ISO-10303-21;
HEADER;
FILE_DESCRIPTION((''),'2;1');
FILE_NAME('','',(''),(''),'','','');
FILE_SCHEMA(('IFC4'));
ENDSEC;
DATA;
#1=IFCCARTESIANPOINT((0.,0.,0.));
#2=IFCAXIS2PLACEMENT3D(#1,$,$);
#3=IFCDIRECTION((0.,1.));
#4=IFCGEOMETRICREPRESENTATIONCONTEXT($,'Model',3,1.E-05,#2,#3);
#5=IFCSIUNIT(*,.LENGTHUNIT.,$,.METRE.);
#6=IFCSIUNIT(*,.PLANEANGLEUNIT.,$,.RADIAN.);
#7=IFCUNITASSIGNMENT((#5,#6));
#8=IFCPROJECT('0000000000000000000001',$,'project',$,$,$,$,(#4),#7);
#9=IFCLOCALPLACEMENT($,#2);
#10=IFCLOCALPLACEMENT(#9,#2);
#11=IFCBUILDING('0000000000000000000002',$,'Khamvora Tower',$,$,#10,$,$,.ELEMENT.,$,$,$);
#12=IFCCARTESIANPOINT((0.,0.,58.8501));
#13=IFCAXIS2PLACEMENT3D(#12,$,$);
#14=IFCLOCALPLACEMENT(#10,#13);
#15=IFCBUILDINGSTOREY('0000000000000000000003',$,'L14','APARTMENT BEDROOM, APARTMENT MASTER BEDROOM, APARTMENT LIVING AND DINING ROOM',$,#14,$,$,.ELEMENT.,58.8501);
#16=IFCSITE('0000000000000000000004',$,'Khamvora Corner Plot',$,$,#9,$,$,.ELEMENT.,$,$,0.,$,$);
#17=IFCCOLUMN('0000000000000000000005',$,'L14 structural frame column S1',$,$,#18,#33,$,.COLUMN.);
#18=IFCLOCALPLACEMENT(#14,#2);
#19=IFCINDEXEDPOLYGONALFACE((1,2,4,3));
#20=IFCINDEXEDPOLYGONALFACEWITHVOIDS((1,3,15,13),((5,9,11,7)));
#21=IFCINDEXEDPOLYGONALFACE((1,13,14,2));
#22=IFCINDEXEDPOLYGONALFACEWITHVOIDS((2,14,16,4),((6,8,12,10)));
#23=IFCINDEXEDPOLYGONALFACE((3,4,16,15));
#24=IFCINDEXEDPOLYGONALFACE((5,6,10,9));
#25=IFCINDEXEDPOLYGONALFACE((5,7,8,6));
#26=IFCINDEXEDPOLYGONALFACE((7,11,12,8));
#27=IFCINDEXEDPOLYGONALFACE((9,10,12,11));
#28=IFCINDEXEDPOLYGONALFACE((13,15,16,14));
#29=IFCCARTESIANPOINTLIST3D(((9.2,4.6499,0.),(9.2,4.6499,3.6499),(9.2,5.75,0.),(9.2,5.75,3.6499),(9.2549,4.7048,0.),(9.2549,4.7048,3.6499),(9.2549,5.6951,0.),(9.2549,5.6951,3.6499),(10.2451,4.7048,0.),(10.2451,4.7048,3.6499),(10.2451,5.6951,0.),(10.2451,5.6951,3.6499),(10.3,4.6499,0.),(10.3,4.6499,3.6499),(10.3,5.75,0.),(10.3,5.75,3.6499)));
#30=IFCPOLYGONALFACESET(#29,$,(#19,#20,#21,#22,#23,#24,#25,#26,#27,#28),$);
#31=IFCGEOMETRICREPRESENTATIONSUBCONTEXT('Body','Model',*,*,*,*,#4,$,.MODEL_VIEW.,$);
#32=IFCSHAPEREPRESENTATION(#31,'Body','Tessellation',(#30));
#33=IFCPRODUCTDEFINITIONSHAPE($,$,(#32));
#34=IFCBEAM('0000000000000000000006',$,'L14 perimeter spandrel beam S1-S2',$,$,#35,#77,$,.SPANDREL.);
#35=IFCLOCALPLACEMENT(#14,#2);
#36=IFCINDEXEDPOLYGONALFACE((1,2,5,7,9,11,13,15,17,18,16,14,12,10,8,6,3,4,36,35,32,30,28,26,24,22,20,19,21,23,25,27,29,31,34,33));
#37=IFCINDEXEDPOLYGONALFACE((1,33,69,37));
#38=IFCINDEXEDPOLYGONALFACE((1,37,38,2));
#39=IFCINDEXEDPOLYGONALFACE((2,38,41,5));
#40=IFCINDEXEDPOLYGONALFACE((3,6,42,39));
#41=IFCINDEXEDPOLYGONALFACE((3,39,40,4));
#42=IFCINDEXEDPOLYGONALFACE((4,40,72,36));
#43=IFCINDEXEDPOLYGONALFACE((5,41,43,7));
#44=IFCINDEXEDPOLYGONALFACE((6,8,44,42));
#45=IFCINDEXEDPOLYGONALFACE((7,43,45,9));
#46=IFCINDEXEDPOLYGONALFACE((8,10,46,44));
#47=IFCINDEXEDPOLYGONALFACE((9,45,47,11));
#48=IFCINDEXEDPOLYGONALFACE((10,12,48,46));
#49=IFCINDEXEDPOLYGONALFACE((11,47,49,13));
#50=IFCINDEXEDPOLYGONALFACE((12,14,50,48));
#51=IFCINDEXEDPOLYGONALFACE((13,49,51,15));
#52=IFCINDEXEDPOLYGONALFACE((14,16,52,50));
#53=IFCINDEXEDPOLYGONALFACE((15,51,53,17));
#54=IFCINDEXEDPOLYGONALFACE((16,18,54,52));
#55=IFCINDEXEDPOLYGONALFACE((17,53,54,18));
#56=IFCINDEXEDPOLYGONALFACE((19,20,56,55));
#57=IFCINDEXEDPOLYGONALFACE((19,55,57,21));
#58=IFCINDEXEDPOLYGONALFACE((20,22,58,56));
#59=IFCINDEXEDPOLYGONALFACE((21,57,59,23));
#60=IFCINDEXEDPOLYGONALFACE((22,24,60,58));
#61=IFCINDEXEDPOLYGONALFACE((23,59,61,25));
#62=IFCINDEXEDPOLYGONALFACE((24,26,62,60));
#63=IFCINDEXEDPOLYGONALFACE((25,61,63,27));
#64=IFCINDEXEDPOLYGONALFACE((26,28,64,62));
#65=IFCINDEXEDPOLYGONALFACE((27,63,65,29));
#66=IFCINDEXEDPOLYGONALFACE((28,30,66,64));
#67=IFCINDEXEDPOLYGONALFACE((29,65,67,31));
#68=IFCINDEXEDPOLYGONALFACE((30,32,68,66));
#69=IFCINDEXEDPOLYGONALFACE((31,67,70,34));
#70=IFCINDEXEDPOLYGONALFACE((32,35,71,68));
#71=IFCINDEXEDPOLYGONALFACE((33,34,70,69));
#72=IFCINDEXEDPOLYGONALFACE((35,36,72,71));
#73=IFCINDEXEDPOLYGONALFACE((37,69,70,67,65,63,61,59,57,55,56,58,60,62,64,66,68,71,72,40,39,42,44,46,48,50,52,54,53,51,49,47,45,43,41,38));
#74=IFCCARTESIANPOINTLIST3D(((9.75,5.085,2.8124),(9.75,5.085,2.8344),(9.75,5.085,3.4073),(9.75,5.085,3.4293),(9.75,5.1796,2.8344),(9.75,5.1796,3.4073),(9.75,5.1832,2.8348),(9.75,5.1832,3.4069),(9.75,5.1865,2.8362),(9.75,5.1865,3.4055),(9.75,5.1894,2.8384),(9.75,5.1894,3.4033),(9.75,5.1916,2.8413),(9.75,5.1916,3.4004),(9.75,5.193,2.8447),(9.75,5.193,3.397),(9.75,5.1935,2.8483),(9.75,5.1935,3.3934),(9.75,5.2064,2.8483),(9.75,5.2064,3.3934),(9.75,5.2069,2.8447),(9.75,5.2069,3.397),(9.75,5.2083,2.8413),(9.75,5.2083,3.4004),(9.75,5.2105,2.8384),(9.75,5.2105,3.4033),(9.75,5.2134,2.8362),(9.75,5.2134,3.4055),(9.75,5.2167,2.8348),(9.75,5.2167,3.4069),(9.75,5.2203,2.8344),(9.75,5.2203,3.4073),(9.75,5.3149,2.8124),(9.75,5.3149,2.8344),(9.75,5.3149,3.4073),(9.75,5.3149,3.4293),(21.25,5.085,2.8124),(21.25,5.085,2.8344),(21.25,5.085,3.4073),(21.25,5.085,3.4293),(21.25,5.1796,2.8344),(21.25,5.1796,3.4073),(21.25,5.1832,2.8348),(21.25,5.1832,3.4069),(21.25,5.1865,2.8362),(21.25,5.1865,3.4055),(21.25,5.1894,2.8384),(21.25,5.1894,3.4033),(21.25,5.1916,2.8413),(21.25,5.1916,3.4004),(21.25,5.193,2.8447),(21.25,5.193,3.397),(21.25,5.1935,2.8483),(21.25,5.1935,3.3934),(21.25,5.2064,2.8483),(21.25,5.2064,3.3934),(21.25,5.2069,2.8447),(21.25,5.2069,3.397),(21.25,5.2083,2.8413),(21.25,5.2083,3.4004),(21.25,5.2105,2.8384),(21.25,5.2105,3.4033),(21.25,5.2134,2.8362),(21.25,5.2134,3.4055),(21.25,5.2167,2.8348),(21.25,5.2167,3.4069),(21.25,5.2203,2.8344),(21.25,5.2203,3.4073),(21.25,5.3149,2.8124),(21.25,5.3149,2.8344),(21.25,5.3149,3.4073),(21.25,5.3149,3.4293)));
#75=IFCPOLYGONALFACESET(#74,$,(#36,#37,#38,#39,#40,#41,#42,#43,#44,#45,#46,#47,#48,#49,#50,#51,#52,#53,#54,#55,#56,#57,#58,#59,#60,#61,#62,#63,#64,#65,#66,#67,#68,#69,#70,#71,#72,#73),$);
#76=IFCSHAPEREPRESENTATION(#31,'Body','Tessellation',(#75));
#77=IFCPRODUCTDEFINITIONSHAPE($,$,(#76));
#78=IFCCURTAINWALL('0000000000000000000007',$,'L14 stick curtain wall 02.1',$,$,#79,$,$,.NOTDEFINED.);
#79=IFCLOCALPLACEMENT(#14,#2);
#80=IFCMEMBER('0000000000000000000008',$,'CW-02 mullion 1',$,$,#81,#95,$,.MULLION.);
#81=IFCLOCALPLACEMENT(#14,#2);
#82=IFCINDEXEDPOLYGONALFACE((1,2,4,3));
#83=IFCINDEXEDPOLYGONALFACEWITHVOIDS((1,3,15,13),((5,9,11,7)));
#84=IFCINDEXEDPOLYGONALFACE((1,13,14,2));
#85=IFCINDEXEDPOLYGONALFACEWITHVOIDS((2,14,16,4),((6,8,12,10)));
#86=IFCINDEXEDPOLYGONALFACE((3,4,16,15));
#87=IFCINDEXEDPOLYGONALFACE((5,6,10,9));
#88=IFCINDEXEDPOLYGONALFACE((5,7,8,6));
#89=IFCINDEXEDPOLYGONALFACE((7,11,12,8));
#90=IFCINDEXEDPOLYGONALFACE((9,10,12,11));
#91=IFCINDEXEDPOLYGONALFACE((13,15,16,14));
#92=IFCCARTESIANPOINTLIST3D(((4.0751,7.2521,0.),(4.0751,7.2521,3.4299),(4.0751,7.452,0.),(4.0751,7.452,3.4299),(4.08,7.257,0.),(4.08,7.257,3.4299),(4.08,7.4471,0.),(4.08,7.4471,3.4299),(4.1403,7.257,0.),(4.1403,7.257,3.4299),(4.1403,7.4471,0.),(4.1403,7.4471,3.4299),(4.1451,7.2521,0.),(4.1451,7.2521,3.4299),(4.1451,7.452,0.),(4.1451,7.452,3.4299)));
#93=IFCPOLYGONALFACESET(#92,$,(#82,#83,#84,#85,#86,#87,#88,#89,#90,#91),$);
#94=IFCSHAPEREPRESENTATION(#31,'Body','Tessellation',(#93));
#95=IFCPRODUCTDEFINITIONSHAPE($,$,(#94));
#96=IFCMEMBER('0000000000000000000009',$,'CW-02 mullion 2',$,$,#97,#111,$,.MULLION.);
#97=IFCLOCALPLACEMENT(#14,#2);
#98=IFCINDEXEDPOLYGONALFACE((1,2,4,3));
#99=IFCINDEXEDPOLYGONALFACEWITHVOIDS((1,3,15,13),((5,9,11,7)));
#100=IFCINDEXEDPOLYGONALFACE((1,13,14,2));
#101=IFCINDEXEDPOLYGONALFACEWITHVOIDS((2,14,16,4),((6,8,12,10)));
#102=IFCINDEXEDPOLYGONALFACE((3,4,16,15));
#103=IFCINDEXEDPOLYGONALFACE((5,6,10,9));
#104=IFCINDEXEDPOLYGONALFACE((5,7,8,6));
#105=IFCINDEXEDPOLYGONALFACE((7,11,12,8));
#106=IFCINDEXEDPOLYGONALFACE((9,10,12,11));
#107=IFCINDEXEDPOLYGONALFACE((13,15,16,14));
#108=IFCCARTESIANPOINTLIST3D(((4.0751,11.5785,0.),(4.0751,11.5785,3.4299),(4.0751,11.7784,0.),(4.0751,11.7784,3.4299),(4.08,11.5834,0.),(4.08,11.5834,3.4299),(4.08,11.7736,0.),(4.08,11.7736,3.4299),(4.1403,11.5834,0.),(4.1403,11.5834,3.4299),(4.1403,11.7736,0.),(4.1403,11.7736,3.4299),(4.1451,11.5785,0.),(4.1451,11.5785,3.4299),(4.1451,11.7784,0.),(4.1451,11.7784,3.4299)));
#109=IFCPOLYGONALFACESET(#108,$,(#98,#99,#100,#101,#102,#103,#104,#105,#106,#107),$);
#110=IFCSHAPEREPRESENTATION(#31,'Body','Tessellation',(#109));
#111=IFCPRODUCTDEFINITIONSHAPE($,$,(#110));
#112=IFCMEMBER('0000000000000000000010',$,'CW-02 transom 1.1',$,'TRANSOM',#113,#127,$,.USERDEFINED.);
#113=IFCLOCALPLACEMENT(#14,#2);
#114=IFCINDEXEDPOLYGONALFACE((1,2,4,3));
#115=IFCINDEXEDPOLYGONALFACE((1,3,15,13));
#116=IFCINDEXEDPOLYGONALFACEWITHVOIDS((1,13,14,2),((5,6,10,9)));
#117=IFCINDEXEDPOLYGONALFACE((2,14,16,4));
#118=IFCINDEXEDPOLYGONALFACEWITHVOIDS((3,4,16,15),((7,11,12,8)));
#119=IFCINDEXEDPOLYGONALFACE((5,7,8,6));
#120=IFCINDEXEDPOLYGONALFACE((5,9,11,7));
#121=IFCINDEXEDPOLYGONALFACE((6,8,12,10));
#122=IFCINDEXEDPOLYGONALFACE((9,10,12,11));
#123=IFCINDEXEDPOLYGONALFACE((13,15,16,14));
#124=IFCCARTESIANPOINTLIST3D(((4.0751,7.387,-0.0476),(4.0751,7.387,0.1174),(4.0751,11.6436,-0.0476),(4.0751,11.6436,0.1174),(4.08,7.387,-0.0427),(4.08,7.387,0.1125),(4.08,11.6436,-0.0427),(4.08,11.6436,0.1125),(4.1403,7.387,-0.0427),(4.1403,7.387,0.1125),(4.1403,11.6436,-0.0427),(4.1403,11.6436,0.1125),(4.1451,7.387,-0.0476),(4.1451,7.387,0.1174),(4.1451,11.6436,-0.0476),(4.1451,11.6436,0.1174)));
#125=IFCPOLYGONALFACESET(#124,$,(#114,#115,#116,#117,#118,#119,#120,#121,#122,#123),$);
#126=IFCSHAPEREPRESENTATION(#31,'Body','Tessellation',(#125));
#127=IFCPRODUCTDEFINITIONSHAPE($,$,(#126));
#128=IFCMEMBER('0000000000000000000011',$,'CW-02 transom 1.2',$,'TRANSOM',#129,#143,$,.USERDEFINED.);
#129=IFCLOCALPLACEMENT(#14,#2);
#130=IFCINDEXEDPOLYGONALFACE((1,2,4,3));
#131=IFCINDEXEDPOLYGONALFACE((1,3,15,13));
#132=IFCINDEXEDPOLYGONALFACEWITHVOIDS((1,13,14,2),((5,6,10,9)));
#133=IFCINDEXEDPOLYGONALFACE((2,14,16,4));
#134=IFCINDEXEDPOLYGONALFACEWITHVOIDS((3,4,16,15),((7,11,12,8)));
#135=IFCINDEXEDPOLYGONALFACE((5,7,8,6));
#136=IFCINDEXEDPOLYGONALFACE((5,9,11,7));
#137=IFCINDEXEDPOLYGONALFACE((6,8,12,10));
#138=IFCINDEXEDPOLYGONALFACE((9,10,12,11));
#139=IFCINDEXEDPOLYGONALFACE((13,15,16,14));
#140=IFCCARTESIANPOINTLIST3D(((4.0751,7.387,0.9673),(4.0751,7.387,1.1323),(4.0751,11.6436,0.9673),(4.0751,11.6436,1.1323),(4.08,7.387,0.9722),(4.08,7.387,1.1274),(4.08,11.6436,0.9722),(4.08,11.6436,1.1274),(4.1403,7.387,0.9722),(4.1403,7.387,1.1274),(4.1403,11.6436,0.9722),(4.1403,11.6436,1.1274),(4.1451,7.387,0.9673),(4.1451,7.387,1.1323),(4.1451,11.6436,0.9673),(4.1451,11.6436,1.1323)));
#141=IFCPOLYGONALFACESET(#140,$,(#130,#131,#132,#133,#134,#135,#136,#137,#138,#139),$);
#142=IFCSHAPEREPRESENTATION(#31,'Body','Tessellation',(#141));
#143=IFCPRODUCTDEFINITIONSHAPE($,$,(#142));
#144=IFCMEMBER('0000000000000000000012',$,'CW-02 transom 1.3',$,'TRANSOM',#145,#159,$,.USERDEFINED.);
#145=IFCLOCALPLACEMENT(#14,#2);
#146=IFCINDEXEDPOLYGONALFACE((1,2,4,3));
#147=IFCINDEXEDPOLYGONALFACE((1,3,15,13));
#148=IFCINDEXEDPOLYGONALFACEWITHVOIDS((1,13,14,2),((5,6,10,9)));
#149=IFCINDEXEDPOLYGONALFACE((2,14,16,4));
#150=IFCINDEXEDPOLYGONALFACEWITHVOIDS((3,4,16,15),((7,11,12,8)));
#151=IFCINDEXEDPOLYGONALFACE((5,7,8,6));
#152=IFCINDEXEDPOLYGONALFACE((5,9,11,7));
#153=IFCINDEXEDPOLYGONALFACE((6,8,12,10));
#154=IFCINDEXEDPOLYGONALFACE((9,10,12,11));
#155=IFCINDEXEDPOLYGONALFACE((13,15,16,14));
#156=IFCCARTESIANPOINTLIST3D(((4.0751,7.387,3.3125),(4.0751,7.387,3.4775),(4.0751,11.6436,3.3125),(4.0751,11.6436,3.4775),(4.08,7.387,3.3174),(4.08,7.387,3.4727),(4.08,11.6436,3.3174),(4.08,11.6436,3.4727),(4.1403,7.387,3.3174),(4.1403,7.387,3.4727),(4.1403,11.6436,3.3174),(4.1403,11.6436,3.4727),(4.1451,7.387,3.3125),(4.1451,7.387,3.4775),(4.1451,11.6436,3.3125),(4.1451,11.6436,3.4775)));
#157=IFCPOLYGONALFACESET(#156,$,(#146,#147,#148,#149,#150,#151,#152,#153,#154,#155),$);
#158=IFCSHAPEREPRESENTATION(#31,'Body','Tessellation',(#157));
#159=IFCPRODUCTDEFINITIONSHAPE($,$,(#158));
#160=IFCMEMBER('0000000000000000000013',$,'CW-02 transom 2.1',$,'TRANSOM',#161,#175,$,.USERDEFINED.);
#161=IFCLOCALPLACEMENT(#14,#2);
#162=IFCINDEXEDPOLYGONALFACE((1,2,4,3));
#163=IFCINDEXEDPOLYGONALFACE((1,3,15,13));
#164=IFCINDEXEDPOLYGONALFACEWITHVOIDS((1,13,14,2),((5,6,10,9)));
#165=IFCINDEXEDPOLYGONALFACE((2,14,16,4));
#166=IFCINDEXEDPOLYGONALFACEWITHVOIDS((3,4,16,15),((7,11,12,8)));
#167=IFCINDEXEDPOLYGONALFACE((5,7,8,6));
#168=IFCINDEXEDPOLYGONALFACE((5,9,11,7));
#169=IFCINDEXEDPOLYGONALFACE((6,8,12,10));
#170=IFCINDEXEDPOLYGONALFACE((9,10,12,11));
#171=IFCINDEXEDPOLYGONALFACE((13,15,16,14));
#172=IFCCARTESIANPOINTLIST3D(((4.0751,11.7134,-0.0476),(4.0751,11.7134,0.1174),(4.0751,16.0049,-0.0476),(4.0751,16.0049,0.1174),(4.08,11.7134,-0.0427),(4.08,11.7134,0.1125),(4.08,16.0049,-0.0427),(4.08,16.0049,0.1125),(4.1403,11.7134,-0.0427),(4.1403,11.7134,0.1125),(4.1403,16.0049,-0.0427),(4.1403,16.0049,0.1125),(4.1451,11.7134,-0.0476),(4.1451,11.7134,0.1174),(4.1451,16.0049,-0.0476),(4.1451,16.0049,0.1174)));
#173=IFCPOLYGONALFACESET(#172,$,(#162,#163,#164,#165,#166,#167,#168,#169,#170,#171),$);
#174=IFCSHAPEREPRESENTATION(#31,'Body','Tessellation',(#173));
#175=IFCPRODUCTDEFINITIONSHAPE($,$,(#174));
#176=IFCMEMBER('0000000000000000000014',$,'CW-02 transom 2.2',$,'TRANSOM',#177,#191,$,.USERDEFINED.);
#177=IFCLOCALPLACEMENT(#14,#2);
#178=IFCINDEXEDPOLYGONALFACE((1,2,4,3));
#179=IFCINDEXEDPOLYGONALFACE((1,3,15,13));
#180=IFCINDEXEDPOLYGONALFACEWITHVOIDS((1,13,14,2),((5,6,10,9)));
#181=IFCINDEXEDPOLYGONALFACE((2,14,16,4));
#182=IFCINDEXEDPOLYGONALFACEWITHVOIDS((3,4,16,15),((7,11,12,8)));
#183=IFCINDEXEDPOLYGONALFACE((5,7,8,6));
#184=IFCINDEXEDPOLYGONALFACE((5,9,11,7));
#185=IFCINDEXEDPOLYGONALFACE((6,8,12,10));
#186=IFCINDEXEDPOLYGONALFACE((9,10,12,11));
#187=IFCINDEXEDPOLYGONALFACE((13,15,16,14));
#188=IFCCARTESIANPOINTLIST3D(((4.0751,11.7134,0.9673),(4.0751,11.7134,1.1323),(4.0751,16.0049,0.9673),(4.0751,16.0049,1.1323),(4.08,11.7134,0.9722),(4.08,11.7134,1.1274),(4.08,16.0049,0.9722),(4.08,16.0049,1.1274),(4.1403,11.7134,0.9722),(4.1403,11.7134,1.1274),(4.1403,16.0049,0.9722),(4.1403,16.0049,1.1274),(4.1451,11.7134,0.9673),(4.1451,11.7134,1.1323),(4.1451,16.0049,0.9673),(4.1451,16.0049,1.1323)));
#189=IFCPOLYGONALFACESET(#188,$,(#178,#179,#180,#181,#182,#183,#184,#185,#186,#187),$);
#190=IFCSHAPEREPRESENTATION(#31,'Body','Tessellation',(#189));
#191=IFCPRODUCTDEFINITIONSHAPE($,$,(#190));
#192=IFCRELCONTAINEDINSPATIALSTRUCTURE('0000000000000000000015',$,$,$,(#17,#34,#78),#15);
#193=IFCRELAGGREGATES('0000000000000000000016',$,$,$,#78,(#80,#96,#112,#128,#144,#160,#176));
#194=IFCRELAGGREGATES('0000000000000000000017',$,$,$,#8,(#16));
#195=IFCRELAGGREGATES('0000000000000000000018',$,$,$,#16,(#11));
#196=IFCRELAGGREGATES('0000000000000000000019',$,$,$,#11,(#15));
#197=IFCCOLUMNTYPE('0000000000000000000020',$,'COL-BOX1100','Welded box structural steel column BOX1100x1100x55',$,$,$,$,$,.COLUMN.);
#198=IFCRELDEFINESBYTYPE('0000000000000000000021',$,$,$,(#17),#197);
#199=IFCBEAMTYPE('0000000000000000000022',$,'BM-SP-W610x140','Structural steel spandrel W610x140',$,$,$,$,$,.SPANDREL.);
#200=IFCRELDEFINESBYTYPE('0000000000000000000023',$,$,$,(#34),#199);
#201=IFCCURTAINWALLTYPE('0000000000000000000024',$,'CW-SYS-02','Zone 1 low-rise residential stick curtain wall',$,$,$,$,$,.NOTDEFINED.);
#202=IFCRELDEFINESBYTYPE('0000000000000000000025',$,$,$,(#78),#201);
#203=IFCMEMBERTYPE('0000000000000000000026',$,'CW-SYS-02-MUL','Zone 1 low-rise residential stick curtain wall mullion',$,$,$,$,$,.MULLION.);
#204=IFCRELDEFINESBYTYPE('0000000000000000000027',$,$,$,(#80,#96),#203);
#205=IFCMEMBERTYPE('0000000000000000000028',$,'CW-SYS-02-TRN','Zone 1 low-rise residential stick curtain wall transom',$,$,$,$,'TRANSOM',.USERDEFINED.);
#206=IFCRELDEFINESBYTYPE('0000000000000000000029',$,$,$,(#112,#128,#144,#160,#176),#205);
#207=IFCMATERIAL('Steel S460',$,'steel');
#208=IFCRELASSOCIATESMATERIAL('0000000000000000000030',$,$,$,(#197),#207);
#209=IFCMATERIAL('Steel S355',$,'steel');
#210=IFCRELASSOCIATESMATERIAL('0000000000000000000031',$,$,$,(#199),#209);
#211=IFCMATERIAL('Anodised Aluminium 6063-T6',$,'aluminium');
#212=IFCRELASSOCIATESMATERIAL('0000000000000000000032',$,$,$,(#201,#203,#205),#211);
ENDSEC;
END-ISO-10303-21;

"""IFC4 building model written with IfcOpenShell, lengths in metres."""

from ifc_helpers import new_model, si_unit, direction, frame, origin, origin_2d, place, context, subcontext, project, spatial, hollow_rectangle, i_section, extrude, material, material_profile, profile_set, type_object, element, aggregate, save


model = new_model("IFC4")

# Units and contexts
model_context = context("Model", 3, precision=1e-05, world=origin(), true_north=direction((0.0, 1.0)))
body_context = subcontext(model_context, "Body", "Model", "MODEL_VIEW")
ifc_project = project(units=[si_unit("LENGTHUNIT", "METRE"), si_unit("PLANEANGLEUNIT", "RADIAN")], contexts=[model_context])

# Site, building, storey
site_placement = place(None, origin())
site = spatial("IfcSite", under=ifc_project, at=site_placement, Name="Khamvora Corner Plot", CompositionType="ELEMENT", RefElevation=0.0)
building_placement = place(site_placement, origin())
building = spatial("IfcBuilding", under=site, at=building_placement, Name="Khamvora Tower", CompositionType="ELEMENT")
storey_placement = place(building_placement, frame((0.0, 0.0, 58.8501)))
storey = spatial("IfcBuildingStorey", under=building, at=storey_placement, Name="L14", Description="APARTMENT BEDROOM, APARTMENT MASTER BEDROOM, APARTMENT LIVING AND DINING ROOM", CompositionType="ELEMENT", Elevation=58.8501)

# Column
ifc_material_1 = material(Name="Steel S460", Category="steel")
ifc_material_profile_1 = material_profile(ifc_material_1, hollow_rectangle(XDim=1.1001, YDim=1.1001, WallThickness=0.0549, at=origin_2d()), Name="BOX1100x1100x55")
ifc_profile_set_1 = profile_set([ifc_material_profile_1], Name="Steel S460")
column_type = type_object("IfcColumnType", Name="COL-BOX1100", Description="Welded box structural steel column BOX1100x1100x55", PredefinedType="COLUMN", material=ifc_profile_set_1)
column_placement = place(storey_placement, frame((9.75, 5.2, 0.0), z_axis=(0.0, 0.0, 1.0), x_axis=(1.0, 0.0, 0.0)))
element("IfcColumn", 1, at=column_placement, inside=storey, type_object=column_type, Name="L14 structural frame column S1", PredefinedType="COLUMN", context=body_context, shape_type="SweptSolid", body=[
    extrude(hollow_rectangle(XDim=1.1001, YDim=1.1001, WallThickness=0.0549, at=origin_2d()), origin(), (0.0, 0.0, 1.0), 3.6499),
])

# Beam
ifc_material_2 = material(Name="Steel S355", Category="steel")
ifc_material_profile_2 = material_profile(ifc_material_2, i_section(OverallWidth=0.23, OverallDepth=0.6169, WebThickness=0.0129, FlangeThickness=0.022, FilletRadius=0.0139, at=origin_2d()), Name="W610x140")
ifc_profile_set_2 = profile_set([ifc_material_profile_2], Name="Steel S355")
beam_type = type_object("IfcBeamType", Name="BM-SP-W610x140", Description="Structural steel spandrel W610x140", PredefinedType="SPANDREL", material=ifc_profile_set_2)
beam_placement = place(storey_placement, frame((9.75, 5.2, 3.1208), z_axis=(1.0, 0.0, 0.0), x_axis=(0.0, 1.0, 0.0)))
element("IfcBeam", 2, at=beam_placement, inside=storey, type_object=beam_type, Name="L14 perimeter spandrel beam S1-S2", PredefinedType="SPANDREL", context=body_context, shape_type="SweptSolid", body=[
    extrude(i_section(OverallWidth=0.23, OverallDepth=0.6169, WebThickness=0.0129, FlangeThickness=0.022, FilletRadius=0.0139, at=origin_2d()), origin(), (0.0, 0.0, 1.0), 11.5),
])

# Curtain wall, members
ifc_material_3 = material(Name="Anodised Aluminium 6063-T6", Category="aluminium")
curtain_wall_type = type_object("IfcCurtainWallType", Name="CW-SYS-02", Description="Zone 1 low-rise residential stick curtain wall", PredefinedType="NOTDEFINED", material=ifc_material_3)
curtain_wall_placement = place(storey_placement, origin())
curtain_wall = element("IfcCurtainWall", 3, at=curtain_wall_placement, inside=storey, type_object=curtain_wall_type, Name="L14 stick curtain wall 02.1", PredefinedType="NOTDEFINED")
ifc_material_profile_3 = material_profile(ifc_material_3, hollow_rectangle(XDim=0.0701, YDim=0.2, WallThickness=0.0049, at=origin_2d()), Name="MUL70x200x5")
ifc_profile_set_3 = profile_set([ifc_material_profile_3], Name="Anodised Aluminium 6063-T6")
member_type_1 = type_object("IfcMemberType", Name="CW-SYS-02-MUL", Description="Zone 1 low-rise residential stick curtain wall mullion", PredefinedType="MULLION", material=ifc_profile_set_3)
member_1_placement = place(storey_placement, frame((4.1101, 7.3521, 0.0), z_axis=(0.0, 0.0, 1.0), x_axis=(-1.0, 0.0, 0.0)))
member_1 = element("IfcMember", 4, at=member_1_placement, type_object=member_type_1, Name="CW-02 mullion 1", PredefinedType="MULLION", context=body_context, shape_type="SweptSolid", body=[
    extrude(hollow_rectangle(XDim=0.0701, YDim=0.2, WallThickness=0.0049, at=origin_2d()), origin(), (0.0, 0.0, 1.0), 3.4299),
])
member_2_placement = place(storey_placement, frame((4.1101, 11.6785, 0.0), z_axis=(0.0, 0.0, 1.0), x_axis=(-1.0, 0.0, 0.0)))
member_2 = element("IfcMember", 5, at=member_2_placement, type_object=member_type_1, Name="CW-02 mullion 2", PredefinedType="MULLION", context=body_context, shape_type="SweptSolid", body=[
    extrude(hollow_rectangle(XDim=0.0701, YDim=0.2, WallThickness=0.0049, at=origin_2d()), origin(), (0.0, 0.0, 1.0), 3.4299),
])
ifc_material_profile_4 = material_profile(ifc_material_3, hollow_rectangle(XDim=0.0701, YDim=0.165, WallThickness=0.0049, at=origin_2d()), Name="TRN70x165x5")
ifc_profile_set_4 = profile_set([ifc_material_profile_4], Name="Anodised Aluminium 6063-T6")
member_type_2 = type_object("IfcMemberType", Name="CW-SYS-02-TRN", Description="Zone 1 low-rise residential stick curtain wall transom", ElementType="TRANSOM", PredefinedType="USERDEFINED", material=ifc_profile_set_4)
member_3_placement = place(storey_placement, frame((4.1101, 7.387, 0.0349), z_axis=(0.0, 1.0, 0.0), x_axis=(-1.0, 0.0, 0.0)))
member_3 = element("IfcMember", 6, at=member_3_placement, type_object=member_type_2, Name="CW-02 transom 1.1", ObjectType="TRANSOM", PredefinedType="USERDEFINED", context=body_context, shape_type="SweptSolid", body=[
    extrude(hollow_rectangle(XDim=0.0701, YDim=0.165, WallThickness=0.0049, at=origin_2d()), origin(), (0.0, 0.0, 1.0), 4.2566),
])
member_4_placement = place(storey_placement, frame((4.1101, 7.387, 1.0498), z_axis=(0.0, 1.0, 0.0), x_axis=(-1.0, 0.0, 0.0)))
member_4 = element("IfcMember", 7, at=member_4_placement, type_object=member_type_2, Name="CW-02 transom 1.2", ObjectType="TRANSOM", PredefinedType="USERDEFINED", context=body_context, shape_type="SweptSolid", body=[
    extrude(hollow_rectangle(XDim=0.0701, YDim=0.165, WallThickness=0.0049, at=origin_2d()), origin(), (0.0, 0.0, 1.0), 4.2566),
])
member_5_placement = place(storey_placement, frame((4.1101, 7.387, 3.395), z_axis=(0.0, 1.0, 0.0), x_axis=(-1.0, 0.0, 0.0)))
member_5 = element("IfcMember", 8, at=member_5_placement, type_object=member_type_2, Name="CW-02 transom 1.3", ObjectType="TRANSOM", PredefinedType="USERDEFINED", context=body_context, shape_type="SweptSolid", body=[
    extrude(hollow_rectangle(XDim=0.0701, YDim=0.165, WallThickness=0.0049, at=origin_2d()), origin(), (0.0, 0.0, 1.0), 4.2566),
])
member_6_placement = place(storey_placement, frame((4.1101, 11.7134, 0.0349), z_axis=(0.0, 1.0, 0.0), x_axis=(-1.0, 0.0, 0.0)))
member_6 = element("IfcMember", 9, at=member_6_placement, type_object=member_type_2, Name="CW-02 transom 2.1", ObjectType="TRANSOM", PredefinedType="USERDEFINED", context=body_context, shape_type="SweptSolid", body=[
    extrude(hollow_rectangle(XDim=0.0701, YDim=0.165, WallThickness=0.0049, at=origin_2d()), origin(), (0.0, 0.0, 1.0), 4.2915),
])
member_7_placement = place(storey_placement, frame((4.1101, 11.7134, 1.0498), z_axis=(0.0, 1.0, 0.0), x_axis=(-1.0, 0.0, 0.0)))
member_7 = element("IfcMember", 10, at=member_7_placement, type_object=member_type_2, Name="CW-02 transom 2.2", ObjectType="TRANSOM", PredefinedType="USERDEFINED", context=body_context, shape_type="SweptSolid", body=[
    extrude(hollow_rectangle(XDim=0.0701, YDim=0.165, WallThickness=0.0049, at=origin_2d()), origin(), (0.0, 0.0, 1.0), 4.2915),
])
aggregate(curtain_wall, [member_1, member_2, member_3, member_4, member_5, member_6, member_7])

save(model, "model.ifc")
